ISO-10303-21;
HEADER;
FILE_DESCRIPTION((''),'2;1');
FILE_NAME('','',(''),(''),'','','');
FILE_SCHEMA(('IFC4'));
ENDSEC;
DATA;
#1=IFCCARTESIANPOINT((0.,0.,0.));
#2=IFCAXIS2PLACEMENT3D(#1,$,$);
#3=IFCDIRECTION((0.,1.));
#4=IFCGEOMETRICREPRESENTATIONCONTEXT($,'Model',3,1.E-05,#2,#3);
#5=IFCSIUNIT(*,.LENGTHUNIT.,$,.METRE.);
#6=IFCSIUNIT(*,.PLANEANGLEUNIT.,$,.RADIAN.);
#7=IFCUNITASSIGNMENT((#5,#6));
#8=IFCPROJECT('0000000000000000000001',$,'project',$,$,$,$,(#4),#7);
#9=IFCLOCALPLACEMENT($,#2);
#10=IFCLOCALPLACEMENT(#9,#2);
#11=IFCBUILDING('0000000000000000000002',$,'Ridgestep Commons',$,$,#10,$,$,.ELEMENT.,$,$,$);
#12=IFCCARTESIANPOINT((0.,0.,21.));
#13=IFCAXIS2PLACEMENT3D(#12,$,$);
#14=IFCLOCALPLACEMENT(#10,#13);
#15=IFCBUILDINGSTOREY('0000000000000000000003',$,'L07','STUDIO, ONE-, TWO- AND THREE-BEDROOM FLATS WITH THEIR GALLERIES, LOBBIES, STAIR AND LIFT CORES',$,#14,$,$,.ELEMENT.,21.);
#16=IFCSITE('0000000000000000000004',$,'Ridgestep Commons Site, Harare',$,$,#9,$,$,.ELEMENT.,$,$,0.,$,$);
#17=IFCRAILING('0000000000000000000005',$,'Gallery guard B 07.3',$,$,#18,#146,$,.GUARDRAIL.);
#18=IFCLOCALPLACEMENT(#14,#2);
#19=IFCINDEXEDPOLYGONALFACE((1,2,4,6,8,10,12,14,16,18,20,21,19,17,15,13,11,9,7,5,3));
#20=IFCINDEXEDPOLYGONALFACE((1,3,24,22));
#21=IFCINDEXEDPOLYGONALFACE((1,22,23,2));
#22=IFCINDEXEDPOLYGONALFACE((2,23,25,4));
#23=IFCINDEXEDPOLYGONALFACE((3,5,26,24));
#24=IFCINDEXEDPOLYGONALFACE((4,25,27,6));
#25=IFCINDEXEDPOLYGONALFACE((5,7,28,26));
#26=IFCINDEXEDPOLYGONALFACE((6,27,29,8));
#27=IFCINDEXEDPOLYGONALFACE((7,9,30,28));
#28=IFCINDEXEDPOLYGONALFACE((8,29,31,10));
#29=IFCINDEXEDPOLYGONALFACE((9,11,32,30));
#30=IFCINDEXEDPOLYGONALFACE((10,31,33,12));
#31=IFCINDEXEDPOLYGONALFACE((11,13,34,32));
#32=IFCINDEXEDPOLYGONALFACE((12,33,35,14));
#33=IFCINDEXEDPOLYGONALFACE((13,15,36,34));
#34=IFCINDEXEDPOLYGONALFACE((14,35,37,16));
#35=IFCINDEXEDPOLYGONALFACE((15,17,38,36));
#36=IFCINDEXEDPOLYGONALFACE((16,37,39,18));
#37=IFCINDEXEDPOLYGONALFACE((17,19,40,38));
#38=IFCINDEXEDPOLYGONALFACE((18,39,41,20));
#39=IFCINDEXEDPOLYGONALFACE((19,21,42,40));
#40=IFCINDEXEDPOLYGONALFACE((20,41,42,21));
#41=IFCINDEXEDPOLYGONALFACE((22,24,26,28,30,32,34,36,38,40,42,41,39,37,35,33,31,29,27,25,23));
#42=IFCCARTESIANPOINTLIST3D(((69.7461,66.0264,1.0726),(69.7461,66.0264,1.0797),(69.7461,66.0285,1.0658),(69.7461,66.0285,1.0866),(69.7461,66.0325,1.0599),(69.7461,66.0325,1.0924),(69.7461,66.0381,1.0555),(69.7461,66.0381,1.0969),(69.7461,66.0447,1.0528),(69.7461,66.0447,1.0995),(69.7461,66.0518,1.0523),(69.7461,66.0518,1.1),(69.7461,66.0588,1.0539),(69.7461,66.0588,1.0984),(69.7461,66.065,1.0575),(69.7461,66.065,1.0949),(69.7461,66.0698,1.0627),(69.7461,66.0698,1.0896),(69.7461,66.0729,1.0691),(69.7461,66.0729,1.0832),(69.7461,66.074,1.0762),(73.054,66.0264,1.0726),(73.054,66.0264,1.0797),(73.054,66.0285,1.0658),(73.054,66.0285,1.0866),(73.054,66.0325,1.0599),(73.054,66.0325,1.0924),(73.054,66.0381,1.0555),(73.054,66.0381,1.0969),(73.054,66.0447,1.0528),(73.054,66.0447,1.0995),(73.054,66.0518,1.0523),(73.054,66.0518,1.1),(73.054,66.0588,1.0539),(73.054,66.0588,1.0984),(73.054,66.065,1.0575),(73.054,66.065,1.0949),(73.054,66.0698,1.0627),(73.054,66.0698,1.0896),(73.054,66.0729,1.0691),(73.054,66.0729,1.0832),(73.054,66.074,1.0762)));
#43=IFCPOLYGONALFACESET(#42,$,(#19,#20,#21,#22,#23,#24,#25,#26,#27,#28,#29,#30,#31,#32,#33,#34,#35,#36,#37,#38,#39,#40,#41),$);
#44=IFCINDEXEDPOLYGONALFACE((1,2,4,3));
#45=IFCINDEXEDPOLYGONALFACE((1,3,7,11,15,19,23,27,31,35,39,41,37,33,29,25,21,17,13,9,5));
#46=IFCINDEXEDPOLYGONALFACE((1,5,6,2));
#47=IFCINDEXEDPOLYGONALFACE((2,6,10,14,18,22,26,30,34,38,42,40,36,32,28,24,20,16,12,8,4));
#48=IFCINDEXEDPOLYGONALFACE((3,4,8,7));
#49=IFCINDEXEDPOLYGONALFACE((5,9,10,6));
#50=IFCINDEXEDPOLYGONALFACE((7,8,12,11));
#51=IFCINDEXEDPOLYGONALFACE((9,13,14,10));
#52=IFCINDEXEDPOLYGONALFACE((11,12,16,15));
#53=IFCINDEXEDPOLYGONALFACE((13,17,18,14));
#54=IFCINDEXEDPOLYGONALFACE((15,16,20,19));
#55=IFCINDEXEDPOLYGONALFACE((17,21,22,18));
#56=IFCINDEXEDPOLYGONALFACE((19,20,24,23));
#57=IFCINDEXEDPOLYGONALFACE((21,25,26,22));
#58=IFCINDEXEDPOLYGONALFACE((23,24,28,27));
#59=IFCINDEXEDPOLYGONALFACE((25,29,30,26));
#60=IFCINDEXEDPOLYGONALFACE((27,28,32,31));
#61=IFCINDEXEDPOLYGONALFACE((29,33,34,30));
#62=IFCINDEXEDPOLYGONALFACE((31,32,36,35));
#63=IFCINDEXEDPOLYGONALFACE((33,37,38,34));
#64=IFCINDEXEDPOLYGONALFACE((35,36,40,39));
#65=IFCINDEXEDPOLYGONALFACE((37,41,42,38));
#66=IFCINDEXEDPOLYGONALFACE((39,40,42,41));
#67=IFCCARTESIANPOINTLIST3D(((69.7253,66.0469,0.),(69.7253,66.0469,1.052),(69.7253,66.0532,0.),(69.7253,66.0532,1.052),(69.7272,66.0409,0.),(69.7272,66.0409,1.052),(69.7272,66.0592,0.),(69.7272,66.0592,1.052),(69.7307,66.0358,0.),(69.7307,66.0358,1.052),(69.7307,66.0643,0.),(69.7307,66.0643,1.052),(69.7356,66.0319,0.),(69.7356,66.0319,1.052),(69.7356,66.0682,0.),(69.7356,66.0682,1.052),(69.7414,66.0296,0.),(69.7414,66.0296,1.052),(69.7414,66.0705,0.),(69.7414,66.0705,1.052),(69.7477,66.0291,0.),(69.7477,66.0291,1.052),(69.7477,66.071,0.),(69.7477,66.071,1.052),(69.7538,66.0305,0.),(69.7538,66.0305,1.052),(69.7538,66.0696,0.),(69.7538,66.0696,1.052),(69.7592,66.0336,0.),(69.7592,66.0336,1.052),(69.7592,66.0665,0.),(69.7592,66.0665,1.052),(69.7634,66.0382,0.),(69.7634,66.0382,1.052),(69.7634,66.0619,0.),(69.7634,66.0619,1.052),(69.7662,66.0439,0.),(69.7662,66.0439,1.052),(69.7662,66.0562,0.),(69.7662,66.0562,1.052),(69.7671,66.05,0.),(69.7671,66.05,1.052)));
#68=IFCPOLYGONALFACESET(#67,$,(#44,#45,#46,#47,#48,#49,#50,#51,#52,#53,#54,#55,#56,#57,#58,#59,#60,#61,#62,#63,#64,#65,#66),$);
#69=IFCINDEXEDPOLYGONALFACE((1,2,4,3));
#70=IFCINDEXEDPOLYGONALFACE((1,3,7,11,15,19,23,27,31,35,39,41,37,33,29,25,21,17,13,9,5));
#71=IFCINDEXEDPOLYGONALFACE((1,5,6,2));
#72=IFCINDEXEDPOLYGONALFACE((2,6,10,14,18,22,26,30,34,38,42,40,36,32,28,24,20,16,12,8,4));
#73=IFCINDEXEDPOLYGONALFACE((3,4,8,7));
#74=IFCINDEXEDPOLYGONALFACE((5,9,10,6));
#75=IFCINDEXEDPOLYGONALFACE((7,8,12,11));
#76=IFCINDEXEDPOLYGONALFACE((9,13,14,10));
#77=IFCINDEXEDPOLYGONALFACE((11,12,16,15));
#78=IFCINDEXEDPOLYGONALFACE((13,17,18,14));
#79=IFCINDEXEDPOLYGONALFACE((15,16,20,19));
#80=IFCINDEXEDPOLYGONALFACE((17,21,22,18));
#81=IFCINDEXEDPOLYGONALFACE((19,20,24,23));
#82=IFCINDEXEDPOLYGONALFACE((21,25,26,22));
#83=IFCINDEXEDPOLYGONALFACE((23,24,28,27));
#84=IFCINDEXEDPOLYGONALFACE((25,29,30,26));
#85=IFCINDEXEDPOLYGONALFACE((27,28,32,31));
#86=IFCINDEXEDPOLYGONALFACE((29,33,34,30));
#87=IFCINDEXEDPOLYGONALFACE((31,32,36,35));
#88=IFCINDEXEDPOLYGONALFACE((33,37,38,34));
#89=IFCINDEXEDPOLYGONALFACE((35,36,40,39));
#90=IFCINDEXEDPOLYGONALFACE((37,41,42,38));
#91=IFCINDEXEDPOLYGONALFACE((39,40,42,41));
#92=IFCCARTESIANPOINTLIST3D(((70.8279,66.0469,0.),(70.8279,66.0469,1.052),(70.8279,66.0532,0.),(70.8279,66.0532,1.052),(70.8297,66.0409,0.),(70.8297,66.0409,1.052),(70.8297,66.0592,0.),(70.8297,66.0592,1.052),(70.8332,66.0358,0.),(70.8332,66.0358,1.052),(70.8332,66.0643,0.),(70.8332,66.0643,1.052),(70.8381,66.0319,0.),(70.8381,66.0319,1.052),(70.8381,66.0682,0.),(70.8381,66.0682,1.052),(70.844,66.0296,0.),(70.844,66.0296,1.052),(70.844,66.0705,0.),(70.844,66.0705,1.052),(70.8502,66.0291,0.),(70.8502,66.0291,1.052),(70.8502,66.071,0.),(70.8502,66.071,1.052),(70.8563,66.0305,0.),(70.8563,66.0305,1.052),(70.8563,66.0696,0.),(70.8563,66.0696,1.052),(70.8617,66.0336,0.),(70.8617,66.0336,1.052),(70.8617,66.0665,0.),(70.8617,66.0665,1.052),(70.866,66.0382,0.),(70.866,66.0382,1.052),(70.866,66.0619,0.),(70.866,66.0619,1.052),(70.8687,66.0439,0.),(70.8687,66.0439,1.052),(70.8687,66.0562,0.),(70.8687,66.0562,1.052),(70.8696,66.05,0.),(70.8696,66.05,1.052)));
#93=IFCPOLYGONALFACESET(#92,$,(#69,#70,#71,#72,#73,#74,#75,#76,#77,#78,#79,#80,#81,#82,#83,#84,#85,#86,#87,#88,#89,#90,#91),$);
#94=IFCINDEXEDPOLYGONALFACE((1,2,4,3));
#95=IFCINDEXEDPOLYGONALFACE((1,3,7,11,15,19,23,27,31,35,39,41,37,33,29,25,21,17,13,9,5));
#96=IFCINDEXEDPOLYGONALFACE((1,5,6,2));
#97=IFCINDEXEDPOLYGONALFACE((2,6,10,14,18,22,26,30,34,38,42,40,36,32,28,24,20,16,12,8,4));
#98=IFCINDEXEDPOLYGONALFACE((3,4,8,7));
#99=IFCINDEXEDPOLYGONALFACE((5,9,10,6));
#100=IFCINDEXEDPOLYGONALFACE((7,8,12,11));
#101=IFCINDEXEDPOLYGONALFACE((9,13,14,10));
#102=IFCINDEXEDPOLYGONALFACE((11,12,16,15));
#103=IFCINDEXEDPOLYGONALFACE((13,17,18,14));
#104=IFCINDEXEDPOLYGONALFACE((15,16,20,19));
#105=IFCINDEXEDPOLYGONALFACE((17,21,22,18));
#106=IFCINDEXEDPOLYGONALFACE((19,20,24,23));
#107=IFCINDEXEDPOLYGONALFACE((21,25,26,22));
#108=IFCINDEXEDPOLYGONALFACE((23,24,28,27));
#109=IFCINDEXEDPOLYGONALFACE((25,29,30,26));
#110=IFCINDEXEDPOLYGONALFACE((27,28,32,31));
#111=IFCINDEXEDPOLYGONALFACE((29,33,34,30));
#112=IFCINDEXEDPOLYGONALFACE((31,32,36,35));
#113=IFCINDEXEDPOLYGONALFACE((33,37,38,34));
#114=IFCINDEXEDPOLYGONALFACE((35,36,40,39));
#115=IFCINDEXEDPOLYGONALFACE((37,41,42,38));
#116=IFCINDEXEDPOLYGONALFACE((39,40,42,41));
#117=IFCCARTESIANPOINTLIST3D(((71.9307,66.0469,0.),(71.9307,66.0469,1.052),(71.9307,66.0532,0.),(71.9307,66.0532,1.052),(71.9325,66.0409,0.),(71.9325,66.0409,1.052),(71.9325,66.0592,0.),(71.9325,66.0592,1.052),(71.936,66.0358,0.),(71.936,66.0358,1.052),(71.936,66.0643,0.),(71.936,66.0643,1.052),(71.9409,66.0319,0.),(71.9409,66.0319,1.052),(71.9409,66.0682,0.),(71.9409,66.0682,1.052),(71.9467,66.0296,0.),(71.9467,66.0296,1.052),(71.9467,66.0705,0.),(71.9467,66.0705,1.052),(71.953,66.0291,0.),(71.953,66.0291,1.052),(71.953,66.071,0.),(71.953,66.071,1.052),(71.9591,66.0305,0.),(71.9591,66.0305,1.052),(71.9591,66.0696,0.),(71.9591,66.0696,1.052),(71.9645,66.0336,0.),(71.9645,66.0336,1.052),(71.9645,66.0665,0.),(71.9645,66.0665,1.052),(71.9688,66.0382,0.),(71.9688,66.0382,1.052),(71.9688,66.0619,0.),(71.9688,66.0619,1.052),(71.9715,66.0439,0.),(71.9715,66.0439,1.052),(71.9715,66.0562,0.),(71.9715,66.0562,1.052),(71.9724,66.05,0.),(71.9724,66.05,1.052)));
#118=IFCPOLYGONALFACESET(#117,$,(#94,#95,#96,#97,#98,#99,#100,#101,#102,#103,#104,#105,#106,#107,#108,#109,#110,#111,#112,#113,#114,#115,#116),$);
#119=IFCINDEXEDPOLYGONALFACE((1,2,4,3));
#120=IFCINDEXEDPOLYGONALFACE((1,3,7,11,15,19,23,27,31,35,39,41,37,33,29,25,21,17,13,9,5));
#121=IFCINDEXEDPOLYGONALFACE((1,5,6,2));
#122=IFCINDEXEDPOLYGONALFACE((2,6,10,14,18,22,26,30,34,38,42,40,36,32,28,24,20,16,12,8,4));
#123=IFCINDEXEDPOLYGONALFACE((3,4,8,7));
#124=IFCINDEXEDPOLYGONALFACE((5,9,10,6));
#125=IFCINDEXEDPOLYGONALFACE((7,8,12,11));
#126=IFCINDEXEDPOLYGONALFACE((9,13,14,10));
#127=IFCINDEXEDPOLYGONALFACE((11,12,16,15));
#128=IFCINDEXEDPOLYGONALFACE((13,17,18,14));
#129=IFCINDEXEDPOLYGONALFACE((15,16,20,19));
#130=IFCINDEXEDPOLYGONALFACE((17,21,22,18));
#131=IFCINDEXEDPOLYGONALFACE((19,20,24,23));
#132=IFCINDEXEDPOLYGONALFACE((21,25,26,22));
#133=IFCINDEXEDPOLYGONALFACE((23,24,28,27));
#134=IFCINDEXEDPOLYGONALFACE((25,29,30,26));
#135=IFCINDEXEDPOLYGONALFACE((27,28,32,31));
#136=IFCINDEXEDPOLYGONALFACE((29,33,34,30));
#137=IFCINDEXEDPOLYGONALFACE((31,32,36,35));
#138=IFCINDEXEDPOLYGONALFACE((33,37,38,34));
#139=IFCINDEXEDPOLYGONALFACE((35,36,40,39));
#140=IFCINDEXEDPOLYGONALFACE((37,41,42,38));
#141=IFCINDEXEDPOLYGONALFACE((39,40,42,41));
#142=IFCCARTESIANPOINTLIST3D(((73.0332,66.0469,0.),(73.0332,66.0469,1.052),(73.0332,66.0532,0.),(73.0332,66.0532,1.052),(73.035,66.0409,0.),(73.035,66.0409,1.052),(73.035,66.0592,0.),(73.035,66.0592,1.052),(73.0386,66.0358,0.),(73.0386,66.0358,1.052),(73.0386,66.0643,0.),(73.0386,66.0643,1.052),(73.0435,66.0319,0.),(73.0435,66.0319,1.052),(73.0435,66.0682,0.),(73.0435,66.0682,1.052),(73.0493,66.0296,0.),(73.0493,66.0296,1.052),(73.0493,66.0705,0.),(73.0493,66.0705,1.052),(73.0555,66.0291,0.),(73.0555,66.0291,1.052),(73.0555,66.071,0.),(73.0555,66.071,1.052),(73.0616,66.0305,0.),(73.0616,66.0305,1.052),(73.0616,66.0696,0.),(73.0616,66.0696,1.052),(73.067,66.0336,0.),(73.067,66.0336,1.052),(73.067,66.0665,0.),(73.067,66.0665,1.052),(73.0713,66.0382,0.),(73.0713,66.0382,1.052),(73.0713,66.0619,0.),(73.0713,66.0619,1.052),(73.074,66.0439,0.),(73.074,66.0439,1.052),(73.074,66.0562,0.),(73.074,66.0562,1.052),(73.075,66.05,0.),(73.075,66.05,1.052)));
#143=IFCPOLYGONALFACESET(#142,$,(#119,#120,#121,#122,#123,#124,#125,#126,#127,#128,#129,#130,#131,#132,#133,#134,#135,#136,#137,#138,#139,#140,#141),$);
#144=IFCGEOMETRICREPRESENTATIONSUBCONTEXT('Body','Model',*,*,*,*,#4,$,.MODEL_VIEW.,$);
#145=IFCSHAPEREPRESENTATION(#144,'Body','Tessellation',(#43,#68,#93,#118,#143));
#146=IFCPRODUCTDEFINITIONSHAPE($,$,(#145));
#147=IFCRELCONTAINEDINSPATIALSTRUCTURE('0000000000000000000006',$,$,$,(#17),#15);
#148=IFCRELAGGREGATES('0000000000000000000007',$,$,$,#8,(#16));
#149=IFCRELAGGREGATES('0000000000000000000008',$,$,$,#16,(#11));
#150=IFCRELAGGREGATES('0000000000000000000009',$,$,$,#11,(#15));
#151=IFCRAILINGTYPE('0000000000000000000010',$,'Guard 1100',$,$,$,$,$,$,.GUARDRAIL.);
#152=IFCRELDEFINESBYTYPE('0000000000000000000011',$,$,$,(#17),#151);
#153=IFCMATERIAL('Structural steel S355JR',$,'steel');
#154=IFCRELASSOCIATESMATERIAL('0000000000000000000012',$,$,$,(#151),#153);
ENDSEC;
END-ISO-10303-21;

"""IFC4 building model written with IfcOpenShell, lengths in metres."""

from ifc_helpers import new_model, si_unit, direction, frame, origin, origin_2d, place, context, subcontext, project, spatial, circle, extrude, material, type_object, element, save


model = new_model("IFC4")

# Units and contexts
model_context = context("Model", 3, precision=1e-05, world=origin(), true_north=direction((0.0, 1.0)))
body_context = subcontext(model_context, "Body", "Model", "MODEL_VIEW")
ifc_project = project(units=[si_unit("LENGTHUNIT", "METRE"), si_unit("PLANEANGLEUNIT", "RADIAN")], contexts=[model_context])

# Site, building, storey
site_placement = place(None, origin())
site = spatial("IfcSite", under=ifc_project, at=site_placement, Name="Ridgestep Commons Site, Harare", CompositionType="ELEMENT", RefElevation=0.0)
building_placement = place(site_placement, origin())
building = spatial("IfcBuilding", under=site, at=building_placement, Name="Ridgestep Commons", CompositionType="ELEMENT")
storey_placement = place(building_placement, frame((0.0, 0.0, 21.0)))
storey = spatial("IfcBuildingStorey", under=building, at=storey_placement, Name="L07", Description="STUDIO, ONE-, TWO- AND THREE-BEDROOM FLATS WITH THEIR GALLERIES, LOBBIES, STAIR AND LIFT CORES", CompositionType="ELEMENT", Elevation=21.0)

# Railing
ifc_material_1 = material(Name="Structural steel S355JR", Category="steel")
railing_type_1 = type_object("IfcRailingType", Name="Guard 1100", PredefinedType="GUARDRAIL", material=ifc_material_1)
railing_1_placement = place(storey_placement, frame((69.7461, 66.05, 0.0)))
element("IfcRailing", 1, at=railing_1_placement, inside=storey, type_object=railing_type_1, Name="Gallery guard B 07.3", PredefinedType="GUARDRAIL", context=body_context, shape_type="SweptSolid", body=[
    extrude(circle(Radius=0.0239, at=origin_2d()), frame((0.0, 0.0, 1.0762), z_axis=(1.0, 0.0, 0.0), x_axis=(0.0, 1.0, 0.0)), (0.0, 0.0, 1.0), 3.3079),
    extrude(circle(Radius=0.021, at=origin_2d()), origin(), (0.0, 0.0, 1.0), 1.052),
    extrude(circle(Radius=0.021, at=origin_2d()), frame((1.1025, 0.0, 0.0)), (0.0, 0.0, 1.0), 1.052),
    extrude(circle(Radius=0.021, at=origin_2d()), frame((2.2053, 0.0, 0.0)), (0.0, 0.0, 1.0), 1.052),
    extrude(circle(Radius=0.021, at=origin_2d()), frame((3.3079, 0.0, 0.0)), (0.0, 0.0, 1.0), 1.052),
])

save(model, "model.ifc")
